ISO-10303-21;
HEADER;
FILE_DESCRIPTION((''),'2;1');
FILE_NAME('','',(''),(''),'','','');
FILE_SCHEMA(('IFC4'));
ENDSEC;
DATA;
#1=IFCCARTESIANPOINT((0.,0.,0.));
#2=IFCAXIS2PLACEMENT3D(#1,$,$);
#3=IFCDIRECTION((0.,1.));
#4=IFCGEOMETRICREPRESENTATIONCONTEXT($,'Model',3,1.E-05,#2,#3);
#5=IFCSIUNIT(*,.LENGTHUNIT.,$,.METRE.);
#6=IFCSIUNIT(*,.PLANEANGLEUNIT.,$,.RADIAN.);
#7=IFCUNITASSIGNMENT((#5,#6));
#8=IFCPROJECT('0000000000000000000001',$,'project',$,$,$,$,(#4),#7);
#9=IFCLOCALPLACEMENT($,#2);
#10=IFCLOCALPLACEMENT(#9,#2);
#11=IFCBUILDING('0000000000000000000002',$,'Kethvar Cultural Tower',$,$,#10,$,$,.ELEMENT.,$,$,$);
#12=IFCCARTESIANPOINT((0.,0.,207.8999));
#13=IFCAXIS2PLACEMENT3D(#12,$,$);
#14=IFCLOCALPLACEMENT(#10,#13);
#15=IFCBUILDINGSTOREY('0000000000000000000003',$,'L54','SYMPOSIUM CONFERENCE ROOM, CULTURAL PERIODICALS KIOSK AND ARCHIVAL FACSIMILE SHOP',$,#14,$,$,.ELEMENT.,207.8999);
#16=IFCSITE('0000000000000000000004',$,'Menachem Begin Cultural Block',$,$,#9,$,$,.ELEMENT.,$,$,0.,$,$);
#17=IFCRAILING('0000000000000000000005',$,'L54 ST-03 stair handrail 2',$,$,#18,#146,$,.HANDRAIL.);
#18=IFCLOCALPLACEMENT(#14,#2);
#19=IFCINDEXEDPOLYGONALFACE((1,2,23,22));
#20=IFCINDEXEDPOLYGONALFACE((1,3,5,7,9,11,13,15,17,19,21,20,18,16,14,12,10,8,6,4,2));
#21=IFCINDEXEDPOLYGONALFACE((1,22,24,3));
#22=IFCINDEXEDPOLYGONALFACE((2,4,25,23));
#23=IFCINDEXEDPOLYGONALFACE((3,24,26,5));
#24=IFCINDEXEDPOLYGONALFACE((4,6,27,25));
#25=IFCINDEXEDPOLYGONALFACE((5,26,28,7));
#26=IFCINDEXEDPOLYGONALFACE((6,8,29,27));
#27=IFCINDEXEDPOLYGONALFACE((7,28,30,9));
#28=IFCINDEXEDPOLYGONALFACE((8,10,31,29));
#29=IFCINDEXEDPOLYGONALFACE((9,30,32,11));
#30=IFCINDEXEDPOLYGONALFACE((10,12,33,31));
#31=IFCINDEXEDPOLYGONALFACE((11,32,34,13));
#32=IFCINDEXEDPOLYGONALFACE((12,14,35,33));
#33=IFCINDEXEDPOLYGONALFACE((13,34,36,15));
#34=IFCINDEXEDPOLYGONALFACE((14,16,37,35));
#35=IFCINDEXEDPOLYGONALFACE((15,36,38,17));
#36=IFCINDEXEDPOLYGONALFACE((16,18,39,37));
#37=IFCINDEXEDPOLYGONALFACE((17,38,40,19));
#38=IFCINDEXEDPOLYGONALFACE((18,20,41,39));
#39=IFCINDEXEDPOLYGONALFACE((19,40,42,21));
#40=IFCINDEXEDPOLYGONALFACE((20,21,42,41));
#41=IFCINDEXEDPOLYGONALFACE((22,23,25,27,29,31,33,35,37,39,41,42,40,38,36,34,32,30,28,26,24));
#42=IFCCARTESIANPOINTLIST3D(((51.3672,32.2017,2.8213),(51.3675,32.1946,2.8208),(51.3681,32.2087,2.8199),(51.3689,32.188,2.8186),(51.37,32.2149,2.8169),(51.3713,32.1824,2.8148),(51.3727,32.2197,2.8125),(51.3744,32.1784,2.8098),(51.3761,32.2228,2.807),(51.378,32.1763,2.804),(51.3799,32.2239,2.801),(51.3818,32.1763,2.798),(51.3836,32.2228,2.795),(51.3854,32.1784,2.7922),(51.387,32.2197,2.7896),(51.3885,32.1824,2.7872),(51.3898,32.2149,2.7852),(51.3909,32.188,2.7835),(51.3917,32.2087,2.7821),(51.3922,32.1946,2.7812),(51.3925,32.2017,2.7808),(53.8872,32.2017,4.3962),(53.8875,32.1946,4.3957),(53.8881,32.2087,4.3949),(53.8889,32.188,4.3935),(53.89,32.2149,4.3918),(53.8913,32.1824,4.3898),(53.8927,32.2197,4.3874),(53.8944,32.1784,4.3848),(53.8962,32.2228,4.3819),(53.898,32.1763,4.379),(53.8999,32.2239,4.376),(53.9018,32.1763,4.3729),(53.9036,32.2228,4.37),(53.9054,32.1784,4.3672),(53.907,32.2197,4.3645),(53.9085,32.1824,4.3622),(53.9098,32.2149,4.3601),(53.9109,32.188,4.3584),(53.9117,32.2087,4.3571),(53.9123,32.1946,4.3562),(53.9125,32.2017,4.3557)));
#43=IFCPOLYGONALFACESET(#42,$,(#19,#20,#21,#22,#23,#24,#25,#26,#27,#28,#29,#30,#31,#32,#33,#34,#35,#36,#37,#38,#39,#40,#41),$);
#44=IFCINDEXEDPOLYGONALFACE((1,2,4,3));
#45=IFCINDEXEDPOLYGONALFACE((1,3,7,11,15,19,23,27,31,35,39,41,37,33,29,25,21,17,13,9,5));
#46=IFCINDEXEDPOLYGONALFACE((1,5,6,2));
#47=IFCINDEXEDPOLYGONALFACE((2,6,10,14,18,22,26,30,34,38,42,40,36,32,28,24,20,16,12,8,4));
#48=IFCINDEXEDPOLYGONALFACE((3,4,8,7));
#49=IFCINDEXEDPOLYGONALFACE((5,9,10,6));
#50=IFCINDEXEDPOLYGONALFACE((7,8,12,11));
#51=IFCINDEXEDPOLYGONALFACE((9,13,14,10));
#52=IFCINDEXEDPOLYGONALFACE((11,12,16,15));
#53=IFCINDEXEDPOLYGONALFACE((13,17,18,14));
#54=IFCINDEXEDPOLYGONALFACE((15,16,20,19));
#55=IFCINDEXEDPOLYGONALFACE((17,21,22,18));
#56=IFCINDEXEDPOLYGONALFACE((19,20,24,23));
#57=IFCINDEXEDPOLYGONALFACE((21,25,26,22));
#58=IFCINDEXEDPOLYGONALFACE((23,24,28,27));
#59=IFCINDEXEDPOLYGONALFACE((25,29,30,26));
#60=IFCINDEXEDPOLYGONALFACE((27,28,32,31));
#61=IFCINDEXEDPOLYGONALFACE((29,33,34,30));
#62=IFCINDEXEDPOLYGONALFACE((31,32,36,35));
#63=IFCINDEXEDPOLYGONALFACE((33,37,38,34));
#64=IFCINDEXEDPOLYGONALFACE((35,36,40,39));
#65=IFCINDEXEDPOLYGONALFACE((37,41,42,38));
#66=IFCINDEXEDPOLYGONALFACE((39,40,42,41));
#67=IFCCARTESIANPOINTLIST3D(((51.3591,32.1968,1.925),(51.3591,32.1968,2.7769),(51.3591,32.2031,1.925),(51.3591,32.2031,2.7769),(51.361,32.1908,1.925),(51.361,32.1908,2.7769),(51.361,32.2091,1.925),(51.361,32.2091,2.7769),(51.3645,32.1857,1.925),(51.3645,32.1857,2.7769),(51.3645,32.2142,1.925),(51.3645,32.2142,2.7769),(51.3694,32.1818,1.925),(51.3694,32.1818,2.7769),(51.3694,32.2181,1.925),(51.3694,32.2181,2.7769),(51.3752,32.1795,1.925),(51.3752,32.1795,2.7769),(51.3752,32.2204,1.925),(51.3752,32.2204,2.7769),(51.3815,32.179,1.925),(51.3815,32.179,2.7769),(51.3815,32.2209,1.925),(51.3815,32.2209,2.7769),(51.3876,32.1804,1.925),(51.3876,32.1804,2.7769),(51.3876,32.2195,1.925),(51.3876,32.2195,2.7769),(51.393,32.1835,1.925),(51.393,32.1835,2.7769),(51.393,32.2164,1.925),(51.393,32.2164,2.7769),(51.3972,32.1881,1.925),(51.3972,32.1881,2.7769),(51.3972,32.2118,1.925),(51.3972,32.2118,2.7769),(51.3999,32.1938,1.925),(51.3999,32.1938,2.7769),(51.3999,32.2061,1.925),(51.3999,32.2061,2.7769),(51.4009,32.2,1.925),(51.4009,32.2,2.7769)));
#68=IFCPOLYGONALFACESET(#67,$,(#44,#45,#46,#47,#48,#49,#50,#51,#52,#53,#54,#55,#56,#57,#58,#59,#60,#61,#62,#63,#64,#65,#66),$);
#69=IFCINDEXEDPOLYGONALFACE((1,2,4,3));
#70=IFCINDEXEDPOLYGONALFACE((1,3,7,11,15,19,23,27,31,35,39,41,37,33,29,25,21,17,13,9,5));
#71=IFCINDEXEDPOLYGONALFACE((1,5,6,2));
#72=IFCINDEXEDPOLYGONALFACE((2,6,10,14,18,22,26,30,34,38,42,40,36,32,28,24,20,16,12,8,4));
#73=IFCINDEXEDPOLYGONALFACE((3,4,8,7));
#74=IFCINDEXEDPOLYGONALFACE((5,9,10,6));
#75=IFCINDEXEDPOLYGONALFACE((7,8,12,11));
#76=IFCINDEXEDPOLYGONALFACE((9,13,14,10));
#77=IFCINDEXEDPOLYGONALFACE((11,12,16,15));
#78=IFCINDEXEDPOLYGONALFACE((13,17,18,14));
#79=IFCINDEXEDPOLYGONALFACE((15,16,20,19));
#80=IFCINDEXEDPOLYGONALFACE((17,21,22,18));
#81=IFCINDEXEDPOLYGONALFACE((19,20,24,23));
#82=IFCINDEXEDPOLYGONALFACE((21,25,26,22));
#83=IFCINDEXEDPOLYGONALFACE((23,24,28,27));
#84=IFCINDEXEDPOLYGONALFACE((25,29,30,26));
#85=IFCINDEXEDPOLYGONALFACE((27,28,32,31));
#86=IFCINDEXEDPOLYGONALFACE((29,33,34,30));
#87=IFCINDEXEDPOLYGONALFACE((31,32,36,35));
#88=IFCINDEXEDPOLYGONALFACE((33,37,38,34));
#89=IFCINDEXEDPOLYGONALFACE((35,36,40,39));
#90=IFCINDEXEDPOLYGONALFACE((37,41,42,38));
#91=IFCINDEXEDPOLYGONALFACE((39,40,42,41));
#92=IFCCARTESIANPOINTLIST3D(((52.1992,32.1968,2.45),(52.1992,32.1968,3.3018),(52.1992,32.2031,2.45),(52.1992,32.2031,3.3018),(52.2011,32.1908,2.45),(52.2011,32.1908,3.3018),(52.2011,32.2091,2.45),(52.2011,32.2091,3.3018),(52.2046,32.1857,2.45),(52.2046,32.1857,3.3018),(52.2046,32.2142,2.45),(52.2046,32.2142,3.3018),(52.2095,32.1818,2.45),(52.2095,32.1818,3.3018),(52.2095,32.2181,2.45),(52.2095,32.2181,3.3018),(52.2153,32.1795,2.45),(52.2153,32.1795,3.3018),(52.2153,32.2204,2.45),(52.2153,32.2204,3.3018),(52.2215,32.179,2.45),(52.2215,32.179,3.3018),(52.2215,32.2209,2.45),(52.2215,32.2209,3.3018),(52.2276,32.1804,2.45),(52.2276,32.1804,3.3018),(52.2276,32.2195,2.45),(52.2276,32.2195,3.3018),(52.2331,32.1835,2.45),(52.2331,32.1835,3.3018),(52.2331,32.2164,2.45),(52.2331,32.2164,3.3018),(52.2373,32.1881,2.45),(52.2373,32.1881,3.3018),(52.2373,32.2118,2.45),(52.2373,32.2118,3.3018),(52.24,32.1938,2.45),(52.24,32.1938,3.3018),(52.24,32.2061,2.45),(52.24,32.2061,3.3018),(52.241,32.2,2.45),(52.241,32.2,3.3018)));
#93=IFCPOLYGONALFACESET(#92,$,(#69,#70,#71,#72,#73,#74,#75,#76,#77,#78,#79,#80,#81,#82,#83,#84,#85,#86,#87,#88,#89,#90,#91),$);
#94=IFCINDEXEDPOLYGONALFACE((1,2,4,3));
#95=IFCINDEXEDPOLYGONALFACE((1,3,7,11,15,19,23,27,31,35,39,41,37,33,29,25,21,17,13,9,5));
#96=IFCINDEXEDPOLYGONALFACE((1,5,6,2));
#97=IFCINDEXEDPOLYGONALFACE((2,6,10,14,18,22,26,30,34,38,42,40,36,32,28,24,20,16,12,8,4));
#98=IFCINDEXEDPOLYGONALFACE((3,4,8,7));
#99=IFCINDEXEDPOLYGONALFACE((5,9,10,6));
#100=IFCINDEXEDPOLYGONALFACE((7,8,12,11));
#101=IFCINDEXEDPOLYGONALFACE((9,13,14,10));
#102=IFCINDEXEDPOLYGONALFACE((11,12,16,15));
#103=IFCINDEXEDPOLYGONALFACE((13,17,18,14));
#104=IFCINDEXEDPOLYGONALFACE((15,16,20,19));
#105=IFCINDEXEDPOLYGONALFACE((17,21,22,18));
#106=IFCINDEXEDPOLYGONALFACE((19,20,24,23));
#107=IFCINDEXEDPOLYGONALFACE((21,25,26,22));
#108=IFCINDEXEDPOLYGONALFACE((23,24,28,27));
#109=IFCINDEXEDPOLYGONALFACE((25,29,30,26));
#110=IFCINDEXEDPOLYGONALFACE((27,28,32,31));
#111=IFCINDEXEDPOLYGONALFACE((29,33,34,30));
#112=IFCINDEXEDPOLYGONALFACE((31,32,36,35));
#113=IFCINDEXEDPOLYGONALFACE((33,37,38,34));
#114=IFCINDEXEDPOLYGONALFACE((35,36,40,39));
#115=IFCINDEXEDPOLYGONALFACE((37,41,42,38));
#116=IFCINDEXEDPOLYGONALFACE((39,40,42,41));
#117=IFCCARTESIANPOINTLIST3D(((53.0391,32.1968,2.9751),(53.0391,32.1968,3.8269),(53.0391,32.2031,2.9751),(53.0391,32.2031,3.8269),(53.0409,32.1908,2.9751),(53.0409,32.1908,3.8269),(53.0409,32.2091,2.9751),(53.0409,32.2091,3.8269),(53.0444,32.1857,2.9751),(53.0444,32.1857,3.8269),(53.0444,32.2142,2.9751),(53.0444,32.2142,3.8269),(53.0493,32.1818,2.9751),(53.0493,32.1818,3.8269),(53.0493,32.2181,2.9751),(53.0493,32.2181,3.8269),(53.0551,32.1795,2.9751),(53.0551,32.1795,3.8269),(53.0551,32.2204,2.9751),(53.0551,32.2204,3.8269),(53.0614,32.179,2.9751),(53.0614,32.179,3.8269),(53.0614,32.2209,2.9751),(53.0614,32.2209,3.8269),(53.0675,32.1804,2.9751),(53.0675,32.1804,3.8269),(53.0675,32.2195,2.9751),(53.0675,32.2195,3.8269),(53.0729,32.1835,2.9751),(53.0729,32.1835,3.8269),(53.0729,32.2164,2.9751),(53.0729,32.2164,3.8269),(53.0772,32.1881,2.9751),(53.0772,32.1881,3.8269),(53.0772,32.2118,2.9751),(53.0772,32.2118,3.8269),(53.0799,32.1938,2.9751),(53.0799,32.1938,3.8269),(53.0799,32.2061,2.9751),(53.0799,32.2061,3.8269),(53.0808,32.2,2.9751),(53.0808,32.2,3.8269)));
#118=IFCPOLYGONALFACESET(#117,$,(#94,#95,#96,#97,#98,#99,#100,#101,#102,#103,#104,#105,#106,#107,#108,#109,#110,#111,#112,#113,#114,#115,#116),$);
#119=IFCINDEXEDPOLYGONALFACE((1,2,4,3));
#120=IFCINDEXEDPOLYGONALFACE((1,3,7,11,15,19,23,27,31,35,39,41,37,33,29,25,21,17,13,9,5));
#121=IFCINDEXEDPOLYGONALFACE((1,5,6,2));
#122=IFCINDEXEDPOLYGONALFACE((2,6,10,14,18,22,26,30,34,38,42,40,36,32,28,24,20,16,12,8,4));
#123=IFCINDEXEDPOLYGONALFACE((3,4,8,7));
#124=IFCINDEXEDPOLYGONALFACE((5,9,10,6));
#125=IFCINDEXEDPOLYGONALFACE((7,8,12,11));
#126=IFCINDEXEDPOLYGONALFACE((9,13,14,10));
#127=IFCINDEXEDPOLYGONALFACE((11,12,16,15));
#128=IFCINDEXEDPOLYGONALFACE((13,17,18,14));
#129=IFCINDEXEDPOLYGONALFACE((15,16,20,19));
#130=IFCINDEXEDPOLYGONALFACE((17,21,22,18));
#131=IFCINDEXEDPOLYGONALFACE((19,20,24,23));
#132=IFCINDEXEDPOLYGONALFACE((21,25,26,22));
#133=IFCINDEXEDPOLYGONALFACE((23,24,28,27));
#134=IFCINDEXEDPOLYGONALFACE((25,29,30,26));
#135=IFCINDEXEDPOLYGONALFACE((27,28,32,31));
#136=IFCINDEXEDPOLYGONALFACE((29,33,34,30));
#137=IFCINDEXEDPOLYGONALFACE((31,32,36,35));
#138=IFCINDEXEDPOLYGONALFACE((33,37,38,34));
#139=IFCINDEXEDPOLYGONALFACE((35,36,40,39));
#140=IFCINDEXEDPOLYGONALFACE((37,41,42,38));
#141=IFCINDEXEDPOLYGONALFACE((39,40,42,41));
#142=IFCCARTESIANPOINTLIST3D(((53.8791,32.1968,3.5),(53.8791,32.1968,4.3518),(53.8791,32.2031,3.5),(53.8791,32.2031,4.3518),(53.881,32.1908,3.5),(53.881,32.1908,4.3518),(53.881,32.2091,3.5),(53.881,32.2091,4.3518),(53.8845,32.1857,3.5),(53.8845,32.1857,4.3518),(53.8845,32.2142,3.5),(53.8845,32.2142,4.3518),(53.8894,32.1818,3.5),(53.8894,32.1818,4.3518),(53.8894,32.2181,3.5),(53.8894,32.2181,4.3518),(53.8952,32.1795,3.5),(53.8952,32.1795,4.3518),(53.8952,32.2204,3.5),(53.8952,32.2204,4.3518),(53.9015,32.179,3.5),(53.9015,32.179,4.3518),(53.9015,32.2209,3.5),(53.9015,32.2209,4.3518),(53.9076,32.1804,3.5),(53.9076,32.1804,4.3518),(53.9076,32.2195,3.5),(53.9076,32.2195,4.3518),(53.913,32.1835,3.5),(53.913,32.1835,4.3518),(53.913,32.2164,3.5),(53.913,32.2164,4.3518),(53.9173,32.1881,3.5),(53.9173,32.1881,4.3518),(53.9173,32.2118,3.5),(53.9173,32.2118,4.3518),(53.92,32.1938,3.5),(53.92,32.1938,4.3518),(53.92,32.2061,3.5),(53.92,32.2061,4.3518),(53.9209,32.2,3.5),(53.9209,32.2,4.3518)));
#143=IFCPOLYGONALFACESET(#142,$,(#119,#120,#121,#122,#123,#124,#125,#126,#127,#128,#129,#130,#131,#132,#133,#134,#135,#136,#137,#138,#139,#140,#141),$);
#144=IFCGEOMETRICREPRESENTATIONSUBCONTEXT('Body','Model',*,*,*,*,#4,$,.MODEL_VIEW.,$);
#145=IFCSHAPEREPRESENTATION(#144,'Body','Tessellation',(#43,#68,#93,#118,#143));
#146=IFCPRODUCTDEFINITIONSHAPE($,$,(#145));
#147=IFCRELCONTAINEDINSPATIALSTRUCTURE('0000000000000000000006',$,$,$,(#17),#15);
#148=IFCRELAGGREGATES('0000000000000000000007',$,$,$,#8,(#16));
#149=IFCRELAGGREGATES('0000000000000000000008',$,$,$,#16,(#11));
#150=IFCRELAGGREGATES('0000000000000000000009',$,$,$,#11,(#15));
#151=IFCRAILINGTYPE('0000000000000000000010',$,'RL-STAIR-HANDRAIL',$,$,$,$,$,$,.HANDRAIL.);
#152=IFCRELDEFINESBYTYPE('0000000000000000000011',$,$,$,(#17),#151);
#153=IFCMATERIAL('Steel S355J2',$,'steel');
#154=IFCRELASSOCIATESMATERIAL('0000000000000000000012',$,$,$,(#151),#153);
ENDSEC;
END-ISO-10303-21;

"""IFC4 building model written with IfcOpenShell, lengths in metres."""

from ifc_helpers import new_model, si_unit, direction, frame, origin, origin_2d, place, context, subcontext, project, spatial, circle, extrude, material, type_object, element, save


model = new_model("IFC4")

# Units and contexts
model_context = context("Model", 3, precision=1e-05, world=origin(), true_north=direction((0.0, 1.0)))
body_context = subcontext(model_context, "Body", "Model", "MODEL_VIEW")
ifc_project = project(units=[si_unit("LENGTHUNIT", "METRE"), si_unit("PLANEANGLEUNIT", "RADIAN")], contexts=[model_context])

# Site, building, storey
site_placement = place(None, origin())
site = spatial("IfcSite", under=ifc_project, at=site_placement, Name="Menachem Begin Cultural Block", CompositionType="ELEMENT", RefElevation=0.0)
building_placement = place(site_placement, origin())
building = spatial("IfcBuilding", under=site, at=building_placement, Name="Kethvar Cultural Tower", CompositionType="ELEMENT")
storey_placement = place(building_placement, frame((0.0, 0.0, 207.8999)))
storey = spatial("IfcBuildingStorey", under=building, at=storey_placement, Name="L54", Description="SYMPOSIUM CONFERENCE ROOM, CULTURAL PERIODICALS KIOSK AND ARCHIVAL FACSIMILE SHOP", CompositionType="ELEMENT", Elevation=207.8999)

# Shared definitions
ifc_material_1 = material(Name="Steel S355J2", Category="steel")

# Railing
railing_type_1 = type_object("IfcRailingType", Name="RL-STAIR-HANDRAIL", PredefinedType="HANDRAIL", material=ifc_material_1)
railing_1_placement = place(storey_placement, frame((51.3799, 32.2, 1.925)))
element("IfcRailing", 1, at=railing_1_placement, inside=storey, type_object=railing_type_1, Name="L54 ST-03 stair handrail 2", PredefinedType="HANDRAIL", context=body_context, shape_type="SweptSolid", body=[
    extrude(circle(Radius=0.0239, at=origin_2d()), frame((0.0, 0.0, 0.876), z_axis=(0.848008, 0.0, 0.529984), x_axis=(0.0, 1.0, 0.0)), (0.0, 0.0, 1.0), 2.9717),
    extrude(circle(Radius=0.021, at=origin_2d()), origin(), (0.0, 0.0, 1.0), 0.8518),
    extrude(circle(Radius=0.021, at=origin_2d()), frame((0.8401, 0.0, 0.5249)), (0.0, 0.0, 1.0), 0.8518),
    extrude(circle(Radius=0.021, at=origin_2d()), frame((1.6799, 0.0, 1.05)), (0.0, 0.0, 1.0), 0.8518),
    extrude(circle(Radius=0.021, at=origin_2d()), frame((2.52, 0.0, 1.575)), (0.0, 0.0, 1.0), 0.8518),
])

save(model, "model.ifc")
